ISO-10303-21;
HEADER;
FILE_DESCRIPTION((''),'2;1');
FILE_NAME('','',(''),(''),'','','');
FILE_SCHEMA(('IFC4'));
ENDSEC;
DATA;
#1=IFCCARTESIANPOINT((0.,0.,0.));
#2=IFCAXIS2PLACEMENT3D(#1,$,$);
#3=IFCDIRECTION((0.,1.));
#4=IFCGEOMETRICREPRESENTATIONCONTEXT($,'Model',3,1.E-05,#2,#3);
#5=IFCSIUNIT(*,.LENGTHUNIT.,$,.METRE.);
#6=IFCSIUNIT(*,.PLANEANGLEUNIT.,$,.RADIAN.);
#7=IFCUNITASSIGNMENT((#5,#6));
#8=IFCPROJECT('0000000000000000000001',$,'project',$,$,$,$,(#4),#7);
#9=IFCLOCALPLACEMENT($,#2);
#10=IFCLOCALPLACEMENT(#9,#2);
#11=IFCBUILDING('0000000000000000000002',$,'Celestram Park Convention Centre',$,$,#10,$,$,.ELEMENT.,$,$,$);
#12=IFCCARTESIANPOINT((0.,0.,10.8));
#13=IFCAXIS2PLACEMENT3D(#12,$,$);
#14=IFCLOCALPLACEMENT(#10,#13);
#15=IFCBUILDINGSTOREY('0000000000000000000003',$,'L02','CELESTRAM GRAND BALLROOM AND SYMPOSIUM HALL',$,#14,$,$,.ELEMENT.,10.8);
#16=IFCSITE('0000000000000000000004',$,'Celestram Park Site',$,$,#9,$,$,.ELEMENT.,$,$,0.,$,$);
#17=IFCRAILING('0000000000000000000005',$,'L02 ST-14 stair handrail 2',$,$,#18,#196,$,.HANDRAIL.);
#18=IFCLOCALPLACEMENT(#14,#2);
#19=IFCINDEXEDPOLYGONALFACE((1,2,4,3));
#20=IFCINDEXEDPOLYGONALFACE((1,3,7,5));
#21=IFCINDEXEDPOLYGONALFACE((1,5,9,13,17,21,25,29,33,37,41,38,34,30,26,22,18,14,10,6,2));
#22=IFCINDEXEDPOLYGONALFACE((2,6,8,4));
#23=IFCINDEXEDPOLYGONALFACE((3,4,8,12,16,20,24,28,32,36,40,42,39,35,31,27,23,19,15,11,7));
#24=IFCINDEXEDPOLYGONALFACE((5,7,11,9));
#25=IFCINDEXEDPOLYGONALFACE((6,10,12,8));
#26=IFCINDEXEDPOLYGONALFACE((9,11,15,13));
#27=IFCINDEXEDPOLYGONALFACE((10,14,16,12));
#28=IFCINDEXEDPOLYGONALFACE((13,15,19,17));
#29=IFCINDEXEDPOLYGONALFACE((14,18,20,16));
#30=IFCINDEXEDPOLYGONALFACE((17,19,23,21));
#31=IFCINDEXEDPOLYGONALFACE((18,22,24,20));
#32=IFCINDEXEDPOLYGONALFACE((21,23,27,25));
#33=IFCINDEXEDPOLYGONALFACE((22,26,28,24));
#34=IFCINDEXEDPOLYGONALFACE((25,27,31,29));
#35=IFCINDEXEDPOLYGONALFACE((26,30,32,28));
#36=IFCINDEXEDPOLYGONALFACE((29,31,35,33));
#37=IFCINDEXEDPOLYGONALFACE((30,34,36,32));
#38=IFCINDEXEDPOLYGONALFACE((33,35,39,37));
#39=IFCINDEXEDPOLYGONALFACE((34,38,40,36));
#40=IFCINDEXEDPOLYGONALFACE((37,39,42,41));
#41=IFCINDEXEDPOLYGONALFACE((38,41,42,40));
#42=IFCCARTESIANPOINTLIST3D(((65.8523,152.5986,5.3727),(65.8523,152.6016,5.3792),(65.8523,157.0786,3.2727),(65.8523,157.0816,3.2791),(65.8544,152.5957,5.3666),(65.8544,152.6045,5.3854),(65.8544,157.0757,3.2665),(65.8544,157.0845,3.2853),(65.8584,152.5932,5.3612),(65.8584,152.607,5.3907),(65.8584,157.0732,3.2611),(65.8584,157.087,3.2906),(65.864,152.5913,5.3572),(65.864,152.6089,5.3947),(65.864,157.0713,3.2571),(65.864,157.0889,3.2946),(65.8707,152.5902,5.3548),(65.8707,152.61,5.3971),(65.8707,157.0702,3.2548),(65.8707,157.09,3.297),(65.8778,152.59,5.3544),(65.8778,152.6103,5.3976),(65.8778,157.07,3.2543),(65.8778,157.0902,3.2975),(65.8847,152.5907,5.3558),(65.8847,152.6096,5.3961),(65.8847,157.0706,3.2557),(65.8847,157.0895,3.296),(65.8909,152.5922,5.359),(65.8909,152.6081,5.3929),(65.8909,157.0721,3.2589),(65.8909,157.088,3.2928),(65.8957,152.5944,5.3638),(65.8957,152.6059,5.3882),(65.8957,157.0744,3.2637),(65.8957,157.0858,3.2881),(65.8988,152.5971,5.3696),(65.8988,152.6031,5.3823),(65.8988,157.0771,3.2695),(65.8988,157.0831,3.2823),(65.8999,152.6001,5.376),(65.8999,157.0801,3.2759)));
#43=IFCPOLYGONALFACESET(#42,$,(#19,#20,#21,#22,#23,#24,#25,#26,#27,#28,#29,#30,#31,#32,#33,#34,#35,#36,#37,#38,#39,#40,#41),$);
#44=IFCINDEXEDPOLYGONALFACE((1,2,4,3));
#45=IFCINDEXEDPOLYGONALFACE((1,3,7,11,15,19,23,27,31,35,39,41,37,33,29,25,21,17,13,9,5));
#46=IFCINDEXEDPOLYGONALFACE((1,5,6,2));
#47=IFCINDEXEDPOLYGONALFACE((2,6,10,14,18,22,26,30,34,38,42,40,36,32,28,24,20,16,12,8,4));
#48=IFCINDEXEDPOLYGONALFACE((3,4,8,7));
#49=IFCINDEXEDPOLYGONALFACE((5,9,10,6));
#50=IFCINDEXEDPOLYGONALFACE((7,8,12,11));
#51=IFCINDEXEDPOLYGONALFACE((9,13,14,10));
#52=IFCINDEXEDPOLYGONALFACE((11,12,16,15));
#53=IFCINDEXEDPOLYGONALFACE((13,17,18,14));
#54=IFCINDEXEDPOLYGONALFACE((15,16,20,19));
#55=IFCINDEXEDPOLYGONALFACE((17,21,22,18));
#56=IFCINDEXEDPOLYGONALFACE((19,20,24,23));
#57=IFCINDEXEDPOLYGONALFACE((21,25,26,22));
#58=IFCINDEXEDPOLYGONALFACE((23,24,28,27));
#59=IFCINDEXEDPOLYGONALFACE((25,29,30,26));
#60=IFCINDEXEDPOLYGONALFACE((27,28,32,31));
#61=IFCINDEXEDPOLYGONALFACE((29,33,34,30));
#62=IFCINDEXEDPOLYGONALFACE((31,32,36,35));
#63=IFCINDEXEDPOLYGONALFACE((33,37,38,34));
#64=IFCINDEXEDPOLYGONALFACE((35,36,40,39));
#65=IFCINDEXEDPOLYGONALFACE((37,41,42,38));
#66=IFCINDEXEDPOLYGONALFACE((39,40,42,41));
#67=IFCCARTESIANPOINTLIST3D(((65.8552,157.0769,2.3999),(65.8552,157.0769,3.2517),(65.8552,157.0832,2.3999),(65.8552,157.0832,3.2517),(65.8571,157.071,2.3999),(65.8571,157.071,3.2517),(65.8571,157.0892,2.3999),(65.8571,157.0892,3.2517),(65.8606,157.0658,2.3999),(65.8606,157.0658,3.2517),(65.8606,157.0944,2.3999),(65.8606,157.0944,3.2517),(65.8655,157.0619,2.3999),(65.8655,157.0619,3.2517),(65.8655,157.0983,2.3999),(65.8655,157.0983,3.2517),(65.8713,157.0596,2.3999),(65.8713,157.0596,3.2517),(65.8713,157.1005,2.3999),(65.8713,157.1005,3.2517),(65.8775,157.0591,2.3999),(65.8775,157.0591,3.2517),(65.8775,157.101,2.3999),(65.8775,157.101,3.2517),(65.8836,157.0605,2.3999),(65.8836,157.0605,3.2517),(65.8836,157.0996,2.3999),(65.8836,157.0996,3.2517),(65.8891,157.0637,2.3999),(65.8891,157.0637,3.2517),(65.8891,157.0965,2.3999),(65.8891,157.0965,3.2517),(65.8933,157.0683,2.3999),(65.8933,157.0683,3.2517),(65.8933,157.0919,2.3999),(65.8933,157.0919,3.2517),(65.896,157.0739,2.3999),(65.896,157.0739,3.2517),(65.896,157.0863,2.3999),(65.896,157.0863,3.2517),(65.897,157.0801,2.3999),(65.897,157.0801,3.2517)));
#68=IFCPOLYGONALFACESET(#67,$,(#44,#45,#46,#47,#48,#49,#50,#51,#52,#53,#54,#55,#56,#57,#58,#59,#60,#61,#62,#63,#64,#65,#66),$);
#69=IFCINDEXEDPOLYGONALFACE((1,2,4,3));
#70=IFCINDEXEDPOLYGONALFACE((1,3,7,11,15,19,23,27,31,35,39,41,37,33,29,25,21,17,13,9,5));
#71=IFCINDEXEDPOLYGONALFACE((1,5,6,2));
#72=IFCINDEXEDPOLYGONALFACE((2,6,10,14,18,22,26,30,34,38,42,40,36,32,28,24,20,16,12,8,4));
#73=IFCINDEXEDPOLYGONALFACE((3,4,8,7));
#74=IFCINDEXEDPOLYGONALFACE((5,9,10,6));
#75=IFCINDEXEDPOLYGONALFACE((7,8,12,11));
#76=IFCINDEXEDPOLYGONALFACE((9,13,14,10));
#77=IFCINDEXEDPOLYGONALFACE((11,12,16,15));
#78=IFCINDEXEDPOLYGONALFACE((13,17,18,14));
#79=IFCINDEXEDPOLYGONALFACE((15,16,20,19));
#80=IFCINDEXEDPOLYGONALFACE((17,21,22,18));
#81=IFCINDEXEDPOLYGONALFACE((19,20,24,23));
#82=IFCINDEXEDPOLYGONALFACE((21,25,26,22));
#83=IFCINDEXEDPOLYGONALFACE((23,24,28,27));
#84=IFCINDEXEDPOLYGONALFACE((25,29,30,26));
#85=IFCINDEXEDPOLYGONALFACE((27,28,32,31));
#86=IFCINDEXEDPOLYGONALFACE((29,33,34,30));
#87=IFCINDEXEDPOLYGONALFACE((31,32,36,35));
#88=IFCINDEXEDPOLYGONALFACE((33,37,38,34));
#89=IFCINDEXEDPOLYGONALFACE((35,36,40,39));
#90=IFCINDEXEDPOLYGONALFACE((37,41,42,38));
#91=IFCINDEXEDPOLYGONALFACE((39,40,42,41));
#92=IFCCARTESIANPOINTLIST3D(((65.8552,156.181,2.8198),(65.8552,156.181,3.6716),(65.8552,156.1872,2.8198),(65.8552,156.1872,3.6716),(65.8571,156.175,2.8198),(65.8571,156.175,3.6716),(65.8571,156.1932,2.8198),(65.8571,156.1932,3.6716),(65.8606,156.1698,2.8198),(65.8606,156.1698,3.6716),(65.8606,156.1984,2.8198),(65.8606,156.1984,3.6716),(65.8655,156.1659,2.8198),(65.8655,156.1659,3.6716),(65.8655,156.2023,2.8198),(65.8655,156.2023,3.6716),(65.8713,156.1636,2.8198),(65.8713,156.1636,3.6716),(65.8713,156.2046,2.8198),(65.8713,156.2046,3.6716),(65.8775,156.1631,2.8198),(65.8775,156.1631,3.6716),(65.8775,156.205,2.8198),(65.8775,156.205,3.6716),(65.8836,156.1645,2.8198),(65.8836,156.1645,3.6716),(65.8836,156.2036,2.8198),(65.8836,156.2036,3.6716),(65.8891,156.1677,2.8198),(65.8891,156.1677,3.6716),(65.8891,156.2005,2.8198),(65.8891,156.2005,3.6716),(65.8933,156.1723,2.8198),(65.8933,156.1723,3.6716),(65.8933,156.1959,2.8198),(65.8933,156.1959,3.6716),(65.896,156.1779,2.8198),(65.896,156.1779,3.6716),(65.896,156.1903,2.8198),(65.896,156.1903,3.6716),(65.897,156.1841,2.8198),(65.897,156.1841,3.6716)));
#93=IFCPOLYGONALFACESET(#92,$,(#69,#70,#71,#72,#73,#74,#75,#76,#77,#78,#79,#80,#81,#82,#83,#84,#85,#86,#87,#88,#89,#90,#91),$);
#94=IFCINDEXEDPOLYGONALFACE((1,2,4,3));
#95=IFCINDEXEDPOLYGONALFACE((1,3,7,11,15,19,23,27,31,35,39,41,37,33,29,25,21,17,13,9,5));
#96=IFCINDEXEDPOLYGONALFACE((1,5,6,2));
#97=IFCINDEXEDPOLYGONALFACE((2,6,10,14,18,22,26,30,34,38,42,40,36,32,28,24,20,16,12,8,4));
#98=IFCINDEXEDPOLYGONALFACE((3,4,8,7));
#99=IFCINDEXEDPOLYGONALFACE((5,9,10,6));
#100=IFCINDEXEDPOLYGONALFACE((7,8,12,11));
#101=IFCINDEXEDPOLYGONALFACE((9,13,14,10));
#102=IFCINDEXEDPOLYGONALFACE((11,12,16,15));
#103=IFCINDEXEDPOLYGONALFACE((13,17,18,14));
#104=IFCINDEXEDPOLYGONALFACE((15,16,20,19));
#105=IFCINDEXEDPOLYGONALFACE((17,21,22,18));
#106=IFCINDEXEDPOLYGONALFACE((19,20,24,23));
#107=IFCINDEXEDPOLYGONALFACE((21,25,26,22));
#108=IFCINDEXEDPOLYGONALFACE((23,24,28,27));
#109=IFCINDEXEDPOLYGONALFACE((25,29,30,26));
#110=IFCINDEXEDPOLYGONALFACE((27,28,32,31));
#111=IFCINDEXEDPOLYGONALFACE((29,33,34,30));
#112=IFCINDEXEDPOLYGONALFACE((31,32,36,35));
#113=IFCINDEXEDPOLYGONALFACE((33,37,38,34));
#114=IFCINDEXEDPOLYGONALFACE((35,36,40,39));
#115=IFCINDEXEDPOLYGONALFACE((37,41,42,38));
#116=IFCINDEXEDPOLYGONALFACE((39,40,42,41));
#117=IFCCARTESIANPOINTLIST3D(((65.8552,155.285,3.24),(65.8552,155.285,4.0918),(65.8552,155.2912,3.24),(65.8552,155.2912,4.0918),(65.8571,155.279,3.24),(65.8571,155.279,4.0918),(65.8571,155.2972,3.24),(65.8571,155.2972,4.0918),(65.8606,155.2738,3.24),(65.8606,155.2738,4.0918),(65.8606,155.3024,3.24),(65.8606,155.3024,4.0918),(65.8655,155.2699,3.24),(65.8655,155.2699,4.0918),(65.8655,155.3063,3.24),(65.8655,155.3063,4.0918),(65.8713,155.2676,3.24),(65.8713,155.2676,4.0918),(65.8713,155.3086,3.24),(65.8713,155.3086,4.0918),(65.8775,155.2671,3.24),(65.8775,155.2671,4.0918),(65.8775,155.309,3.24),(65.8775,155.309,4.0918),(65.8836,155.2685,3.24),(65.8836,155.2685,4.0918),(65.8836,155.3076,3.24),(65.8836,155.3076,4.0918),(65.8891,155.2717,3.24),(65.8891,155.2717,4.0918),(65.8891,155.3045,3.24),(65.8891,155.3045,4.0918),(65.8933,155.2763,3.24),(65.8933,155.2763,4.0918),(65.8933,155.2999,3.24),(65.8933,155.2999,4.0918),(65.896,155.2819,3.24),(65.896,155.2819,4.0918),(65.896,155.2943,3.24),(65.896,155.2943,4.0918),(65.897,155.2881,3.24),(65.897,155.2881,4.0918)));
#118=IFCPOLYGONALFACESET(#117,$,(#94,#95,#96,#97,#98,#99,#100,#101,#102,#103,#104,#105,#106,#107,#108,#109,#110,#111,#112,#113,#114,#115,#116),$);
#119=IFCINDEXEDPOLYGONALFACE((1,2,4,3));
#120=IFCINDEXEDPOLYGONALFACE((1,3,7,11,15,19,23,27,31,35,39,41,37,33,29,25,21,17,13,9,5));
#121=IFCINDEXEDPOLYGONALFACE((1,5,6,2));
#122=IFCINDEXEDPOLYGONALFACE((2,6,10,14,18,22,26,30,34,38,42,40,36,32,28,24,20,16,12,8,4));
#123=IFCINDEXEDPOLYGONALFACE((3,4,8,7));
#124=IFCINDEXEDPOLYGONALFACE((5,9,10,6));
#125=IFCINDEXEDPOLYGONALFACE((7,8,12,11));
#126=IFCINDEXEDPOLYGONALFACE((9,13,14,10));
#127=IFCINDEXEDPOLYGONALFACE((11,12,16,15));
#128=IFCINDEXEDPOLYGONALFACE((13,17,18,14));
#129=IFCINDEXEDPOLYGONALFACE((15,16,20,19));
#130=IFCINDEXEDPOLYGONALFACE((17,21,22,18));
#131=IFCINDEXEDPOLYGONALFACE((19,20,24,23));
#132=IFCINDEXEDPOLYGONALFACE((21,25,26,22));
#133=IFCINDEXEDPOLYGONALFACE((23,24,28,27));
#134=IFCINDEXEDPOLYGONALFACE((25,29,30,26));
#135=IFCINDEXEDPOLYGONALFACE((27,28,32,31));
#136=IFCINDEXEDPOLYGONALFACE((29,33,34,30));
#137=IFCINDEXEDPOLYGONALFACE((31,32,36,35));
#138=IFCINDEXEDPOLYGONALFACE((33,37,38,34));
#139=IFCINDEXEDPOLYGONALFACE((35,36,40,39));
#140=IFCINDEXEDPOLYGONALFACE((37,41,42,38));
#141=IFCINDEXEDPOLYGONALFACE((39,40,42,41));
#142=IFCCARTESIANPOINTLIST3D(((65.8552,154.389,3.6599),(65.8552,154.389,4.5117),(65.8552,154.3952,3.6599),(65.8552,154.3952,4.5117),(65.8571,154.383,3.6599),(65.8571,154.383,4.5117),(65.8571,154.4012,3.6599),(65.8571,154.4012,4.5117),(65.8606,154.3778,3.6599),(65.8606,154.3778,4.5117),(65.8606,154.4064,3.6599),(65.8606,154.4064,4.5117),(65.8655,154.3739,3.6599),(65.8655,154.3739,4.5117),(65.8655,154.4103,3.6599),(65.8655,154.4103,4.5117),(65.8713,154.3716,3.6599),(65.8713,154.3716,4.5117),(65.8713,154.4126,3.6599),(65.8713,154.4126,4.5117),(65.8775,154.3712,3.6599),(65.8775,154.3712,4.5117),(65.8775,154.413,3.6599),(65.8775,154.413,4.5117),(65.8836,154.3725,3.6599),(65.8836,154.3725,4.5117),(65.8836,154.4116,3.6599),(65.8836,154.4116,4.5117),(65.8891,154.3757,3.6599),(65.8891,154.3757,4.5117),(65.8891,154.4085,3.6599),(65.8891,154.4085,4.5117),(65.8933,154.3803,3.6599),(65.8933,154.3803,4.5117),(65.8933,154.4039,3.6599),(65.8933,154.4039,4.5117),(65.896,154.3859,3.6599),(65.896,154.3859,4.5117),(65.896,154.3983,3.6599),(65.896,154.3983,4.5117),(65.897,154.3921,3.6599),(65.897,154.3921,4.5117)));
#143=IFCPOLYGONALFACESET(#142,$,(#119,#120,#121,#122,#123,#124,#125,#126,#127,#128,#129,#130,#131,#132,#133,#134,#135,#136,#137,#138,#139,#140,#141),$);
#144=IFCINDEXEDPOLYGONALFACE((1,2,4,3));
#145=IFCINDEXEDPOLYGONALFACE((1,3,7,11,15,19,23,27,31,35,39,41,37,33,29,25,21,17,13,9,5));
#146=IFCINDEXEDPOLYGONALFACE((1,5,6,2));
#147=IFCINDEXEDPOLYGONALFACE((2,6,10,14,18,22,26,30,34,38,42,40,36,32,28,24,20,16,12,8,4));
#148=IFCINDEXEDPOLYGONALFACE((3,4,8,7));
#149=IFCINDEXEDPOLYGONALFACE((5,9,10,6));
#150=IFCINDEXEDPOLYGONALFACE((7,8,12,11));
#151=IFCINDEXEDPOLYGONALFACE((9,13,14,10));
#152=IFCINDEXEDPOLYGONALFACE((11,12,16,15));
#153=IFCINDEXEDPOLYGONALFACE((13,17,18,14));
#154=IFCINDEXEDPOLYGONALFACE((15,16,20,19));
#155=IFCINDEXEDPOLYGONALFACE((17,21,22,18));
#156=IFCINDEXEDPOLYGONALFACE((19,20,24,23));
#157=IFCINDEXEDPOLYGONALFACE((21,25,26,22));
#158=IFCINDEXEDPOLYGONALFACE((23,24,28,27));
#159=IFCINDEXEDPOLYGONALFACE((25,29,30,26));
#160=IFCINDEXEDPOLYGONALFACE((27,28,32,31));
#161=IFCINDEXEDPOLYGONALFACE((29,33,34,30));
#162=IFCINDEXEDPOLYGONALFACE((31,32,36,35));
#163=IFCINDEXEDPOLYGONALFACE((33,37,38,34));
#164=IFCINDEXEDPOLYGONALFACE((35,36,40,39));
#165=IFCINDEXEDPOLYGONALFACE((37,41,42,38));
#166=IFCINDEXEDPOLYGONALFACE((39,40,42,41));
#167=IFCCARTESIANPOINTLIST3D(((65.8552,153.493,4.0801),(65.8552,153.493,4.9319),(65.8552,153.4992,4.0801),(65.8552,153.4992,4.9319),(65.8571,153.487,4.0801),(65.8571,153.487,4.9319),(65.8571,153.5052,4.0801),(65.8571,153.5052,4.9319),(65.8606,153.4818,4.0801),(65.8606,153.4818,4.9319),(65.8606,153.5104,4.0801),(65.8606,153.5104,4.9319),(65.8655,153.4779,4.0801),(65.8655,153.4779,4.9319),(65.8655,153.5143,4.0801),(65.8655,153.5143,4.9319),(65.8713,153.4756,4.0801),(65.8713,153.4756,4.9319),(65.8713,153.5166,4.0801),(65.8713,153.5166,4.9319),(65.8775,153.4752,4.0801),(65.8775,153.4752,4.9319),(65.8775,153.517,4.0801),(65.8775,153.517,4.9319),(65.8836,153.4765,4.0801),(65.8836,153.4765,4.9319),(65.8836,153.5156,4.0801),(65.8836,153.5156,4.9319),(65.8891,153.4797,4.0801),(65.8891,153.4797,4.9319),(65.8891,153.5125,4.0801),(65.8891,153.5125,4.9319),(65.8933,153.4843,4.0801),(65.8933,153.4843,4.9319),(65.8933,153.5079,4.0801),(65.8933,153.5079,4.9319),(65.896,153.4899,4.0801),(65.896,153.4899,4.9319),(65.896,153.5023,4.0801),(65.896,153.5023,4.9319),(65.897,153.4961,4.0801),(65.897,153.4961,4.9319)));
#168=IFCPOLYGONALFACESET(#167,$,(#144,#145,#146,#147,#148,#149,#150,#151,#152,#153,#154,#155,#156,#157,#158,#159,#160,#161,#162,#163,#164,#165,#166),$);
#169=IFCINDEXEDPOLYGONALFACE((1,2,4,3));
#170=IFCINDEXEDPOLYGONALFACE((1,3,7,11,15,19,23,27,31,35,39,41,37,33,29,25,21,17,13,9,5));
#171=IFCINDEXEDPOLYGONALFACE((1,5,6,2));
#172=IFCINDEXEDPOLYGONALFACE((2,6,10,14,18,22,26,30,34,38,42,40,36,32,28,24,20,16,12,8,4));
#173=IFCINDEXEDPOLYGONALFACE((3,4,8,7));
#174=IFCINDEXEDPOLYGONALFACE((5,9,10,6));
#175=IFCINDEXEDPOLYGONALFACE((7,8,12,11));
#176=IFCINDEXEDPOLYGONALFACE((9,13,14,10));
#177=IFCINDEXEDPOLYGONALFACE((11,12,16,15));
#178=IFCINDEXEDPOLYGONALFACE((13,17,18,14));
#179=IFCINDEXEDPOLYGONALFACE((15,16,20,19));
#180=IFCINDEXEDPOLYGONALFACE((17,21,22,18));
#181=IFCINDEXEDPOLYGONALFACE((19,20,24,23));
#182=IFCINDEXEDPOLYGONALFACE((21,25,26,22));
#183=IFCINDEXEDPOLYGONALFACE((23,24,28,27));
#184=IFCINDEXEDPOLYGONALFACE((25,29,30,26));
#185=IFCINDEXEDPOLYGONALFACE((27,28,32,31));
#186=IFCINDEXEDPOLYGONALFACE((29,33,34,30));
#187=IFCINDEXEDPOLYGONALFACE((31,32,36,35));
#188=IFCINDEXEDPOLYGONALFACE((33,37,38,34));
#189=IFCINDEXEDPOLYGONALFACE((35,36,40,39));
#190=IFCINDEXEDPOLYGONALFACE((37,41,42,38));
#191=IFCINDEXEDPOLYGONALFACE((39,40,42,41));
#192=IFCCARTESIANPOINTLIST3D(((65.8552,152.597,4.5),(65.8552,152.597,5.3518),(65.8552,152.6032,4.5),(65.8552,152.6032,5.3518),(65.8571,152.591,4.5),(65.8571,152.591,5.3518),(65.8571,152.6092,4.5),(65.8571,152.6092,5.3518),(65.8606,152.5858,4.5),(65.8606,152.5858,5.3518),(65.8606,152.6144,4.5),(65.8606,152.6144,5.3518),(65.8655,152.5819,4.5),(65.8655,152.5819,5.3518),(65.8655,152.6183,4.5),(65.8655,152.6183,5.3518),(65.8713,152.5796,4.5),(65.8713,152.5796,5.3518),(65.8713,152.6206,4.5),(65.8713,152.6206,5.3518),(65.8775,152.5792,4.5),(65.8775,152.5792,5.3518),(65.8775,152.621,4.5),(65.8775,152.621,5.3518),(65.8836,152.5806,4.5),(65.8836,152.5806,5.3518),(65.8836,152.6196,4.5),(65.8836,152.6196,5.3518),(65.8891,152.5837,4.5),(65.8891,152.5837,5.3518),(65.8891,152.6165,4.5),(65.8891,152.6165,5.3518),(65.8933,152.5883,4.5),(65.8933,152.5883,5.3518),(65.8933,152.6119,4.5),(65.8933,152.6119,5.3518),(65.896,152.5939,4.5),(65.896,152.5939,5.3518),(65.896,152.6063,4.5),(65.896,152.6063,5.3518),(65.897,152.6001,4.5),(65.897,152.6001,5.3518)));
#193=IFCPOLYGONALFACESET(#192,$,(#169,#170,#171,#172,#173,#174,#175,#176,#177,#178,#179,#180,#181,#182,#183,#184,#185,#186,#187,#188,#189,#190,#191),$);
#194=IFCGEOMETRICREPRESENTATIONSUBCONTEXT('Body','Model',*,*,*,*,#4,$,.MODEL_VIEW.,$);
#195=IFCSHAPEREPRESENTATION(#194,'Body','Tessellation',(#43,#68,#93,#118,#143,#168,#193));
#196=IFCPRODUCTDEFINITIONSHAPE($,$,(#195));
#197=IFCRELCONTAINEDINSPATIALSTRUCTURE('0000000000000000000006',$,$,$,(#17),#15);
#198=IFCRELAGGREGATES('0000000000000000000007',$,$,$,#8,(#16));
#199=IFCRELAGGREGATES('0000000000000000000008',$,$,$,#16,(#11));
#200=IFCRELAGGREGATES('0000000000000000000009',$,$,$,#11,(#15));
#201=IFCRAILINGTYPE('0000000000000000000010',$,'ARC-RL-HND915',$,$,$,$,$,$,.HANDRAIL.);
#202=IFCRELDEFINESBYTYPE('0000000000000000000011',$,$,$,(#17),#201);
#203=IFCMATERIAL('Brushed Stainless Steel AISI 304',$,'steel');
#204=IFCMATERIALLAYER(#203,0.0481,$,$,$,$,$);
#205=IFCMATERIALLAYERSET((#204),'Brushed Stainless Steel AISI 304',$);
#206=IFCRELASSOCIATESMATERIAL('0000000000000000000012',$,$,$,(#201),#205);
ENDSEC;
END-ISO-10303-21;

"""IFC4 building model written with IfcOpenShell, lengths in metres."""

from ifc_helpers import new_model, si_unit, direction, frame, origin, origin_2d, place, context, subcontext, project, spatial, circle, extrude, material, layer, layer_set, type_object, element, save


model = new_model("IFC4")

# Units and contexts
model_context = context("Model", 3, precision=1e-05, world=origin(), true_north=direction((0.0, 1.0)))
body_context = subcontext(model_context, "Body", "Model", "MODEL_VIEW")
ifc_project = project(units=[si_unit("LENGTHUNIT", "METRE"), si_unit("PLANEANGLEUNIT", "RADIAN")], contexts=[model_context])

# Site, building, storey
site_placement = place(None, origin())
site = spatial("IfcSite", under=ifc_project, at=site_placement, Name="Celestram Park Site", CompositionType="ELEMENT", RefElevation=0.0)
building_placement = place(site_placement, origin())
building = spatial("IfcBuilding", under=site, at=building_placement, Name="Celestram Park Convention Centre", CompositionType="ELEMENT")
storey_placement = place(building_placement, frame((0.0, 0.0, 10.8)))
storey = spatial("IfcBuildingStorey", under=building, at=storey_placement, Name="L02", Description="CELESTRAM GRAND BALLROOM AND SYMPOSIUM HALL", CompositionType="ELEMENT", Elevation=10.8)

# Railing
ifc_material_1 = material(Name="Brushed Stainless Steel AISI 304", Category="steel")
ifc_layer_1 = layer(ifc_material_1, 0.0481)
ifc_layer_set_1 = layer_set([ifc_layer_1], Name="Brushed Stainless Steel AISI 304")
railing_type_1 = type_object("IfcRailingType", Name="ARC-RL-HND915", PredefinedType="HANDRAIL", material=ifc_layer_set_1)
railing_1_placement = place(storey_placement, frame((65.876, 157.0801, 2.3999)))
element("IfcRailing", 1, at=railing_1_placement, inside=storey, type_object=railing_type_1, Name="L02 ST-14 stair handrail 2", PredefinedType="HANDRAIL", context=body_context, shape_type="SweptSolid", body=[
    extrude(circle(Radius=0.0239, at=origin_2d()), frame((0.0, 0.0, 0.876), z_axis=(0.0, -0.905451, 0.424452), x_axis=(1.0, 0.0, 0.0)), (0.0, 0.0, 1.0), 4.9478),
    extrude(circle(Radius=0.021, at=origin_2d()), origin(), (0.0, 0.0, 1.0), 0.8518),
    extrude(circle(Radius=0.021, at=origin_2d()), frame((0.0, -0.896, 0.4199)), (0.0, 0.0, 1.0), 0.8518),
    extrude(circle(Radius=0.021, at=origin_2d()), frame((0.0, -1.792, 0.8401)), (0.0, 0.0, 1.0), 0.8518),
    extrude(circle(Radius=0.021, at=origin_2d()), frame((0.0, -2.688, 1.26)), (0.0, 0.0, 1.0), 0.8518),
    extrude(circle(Radius=0.021, at=origin_2d()), frame((0.0, -3.584, 1.6802)), (0.0, 0.0, 1.0), 0.8518),
    extrude(circle(Radius=0.021, at=origin_2d()), frame((0.0, -4.48, 2.1001)), (0.0, 0.0, 1.0), 0.8518),
])

save(model, "model.ifc")
